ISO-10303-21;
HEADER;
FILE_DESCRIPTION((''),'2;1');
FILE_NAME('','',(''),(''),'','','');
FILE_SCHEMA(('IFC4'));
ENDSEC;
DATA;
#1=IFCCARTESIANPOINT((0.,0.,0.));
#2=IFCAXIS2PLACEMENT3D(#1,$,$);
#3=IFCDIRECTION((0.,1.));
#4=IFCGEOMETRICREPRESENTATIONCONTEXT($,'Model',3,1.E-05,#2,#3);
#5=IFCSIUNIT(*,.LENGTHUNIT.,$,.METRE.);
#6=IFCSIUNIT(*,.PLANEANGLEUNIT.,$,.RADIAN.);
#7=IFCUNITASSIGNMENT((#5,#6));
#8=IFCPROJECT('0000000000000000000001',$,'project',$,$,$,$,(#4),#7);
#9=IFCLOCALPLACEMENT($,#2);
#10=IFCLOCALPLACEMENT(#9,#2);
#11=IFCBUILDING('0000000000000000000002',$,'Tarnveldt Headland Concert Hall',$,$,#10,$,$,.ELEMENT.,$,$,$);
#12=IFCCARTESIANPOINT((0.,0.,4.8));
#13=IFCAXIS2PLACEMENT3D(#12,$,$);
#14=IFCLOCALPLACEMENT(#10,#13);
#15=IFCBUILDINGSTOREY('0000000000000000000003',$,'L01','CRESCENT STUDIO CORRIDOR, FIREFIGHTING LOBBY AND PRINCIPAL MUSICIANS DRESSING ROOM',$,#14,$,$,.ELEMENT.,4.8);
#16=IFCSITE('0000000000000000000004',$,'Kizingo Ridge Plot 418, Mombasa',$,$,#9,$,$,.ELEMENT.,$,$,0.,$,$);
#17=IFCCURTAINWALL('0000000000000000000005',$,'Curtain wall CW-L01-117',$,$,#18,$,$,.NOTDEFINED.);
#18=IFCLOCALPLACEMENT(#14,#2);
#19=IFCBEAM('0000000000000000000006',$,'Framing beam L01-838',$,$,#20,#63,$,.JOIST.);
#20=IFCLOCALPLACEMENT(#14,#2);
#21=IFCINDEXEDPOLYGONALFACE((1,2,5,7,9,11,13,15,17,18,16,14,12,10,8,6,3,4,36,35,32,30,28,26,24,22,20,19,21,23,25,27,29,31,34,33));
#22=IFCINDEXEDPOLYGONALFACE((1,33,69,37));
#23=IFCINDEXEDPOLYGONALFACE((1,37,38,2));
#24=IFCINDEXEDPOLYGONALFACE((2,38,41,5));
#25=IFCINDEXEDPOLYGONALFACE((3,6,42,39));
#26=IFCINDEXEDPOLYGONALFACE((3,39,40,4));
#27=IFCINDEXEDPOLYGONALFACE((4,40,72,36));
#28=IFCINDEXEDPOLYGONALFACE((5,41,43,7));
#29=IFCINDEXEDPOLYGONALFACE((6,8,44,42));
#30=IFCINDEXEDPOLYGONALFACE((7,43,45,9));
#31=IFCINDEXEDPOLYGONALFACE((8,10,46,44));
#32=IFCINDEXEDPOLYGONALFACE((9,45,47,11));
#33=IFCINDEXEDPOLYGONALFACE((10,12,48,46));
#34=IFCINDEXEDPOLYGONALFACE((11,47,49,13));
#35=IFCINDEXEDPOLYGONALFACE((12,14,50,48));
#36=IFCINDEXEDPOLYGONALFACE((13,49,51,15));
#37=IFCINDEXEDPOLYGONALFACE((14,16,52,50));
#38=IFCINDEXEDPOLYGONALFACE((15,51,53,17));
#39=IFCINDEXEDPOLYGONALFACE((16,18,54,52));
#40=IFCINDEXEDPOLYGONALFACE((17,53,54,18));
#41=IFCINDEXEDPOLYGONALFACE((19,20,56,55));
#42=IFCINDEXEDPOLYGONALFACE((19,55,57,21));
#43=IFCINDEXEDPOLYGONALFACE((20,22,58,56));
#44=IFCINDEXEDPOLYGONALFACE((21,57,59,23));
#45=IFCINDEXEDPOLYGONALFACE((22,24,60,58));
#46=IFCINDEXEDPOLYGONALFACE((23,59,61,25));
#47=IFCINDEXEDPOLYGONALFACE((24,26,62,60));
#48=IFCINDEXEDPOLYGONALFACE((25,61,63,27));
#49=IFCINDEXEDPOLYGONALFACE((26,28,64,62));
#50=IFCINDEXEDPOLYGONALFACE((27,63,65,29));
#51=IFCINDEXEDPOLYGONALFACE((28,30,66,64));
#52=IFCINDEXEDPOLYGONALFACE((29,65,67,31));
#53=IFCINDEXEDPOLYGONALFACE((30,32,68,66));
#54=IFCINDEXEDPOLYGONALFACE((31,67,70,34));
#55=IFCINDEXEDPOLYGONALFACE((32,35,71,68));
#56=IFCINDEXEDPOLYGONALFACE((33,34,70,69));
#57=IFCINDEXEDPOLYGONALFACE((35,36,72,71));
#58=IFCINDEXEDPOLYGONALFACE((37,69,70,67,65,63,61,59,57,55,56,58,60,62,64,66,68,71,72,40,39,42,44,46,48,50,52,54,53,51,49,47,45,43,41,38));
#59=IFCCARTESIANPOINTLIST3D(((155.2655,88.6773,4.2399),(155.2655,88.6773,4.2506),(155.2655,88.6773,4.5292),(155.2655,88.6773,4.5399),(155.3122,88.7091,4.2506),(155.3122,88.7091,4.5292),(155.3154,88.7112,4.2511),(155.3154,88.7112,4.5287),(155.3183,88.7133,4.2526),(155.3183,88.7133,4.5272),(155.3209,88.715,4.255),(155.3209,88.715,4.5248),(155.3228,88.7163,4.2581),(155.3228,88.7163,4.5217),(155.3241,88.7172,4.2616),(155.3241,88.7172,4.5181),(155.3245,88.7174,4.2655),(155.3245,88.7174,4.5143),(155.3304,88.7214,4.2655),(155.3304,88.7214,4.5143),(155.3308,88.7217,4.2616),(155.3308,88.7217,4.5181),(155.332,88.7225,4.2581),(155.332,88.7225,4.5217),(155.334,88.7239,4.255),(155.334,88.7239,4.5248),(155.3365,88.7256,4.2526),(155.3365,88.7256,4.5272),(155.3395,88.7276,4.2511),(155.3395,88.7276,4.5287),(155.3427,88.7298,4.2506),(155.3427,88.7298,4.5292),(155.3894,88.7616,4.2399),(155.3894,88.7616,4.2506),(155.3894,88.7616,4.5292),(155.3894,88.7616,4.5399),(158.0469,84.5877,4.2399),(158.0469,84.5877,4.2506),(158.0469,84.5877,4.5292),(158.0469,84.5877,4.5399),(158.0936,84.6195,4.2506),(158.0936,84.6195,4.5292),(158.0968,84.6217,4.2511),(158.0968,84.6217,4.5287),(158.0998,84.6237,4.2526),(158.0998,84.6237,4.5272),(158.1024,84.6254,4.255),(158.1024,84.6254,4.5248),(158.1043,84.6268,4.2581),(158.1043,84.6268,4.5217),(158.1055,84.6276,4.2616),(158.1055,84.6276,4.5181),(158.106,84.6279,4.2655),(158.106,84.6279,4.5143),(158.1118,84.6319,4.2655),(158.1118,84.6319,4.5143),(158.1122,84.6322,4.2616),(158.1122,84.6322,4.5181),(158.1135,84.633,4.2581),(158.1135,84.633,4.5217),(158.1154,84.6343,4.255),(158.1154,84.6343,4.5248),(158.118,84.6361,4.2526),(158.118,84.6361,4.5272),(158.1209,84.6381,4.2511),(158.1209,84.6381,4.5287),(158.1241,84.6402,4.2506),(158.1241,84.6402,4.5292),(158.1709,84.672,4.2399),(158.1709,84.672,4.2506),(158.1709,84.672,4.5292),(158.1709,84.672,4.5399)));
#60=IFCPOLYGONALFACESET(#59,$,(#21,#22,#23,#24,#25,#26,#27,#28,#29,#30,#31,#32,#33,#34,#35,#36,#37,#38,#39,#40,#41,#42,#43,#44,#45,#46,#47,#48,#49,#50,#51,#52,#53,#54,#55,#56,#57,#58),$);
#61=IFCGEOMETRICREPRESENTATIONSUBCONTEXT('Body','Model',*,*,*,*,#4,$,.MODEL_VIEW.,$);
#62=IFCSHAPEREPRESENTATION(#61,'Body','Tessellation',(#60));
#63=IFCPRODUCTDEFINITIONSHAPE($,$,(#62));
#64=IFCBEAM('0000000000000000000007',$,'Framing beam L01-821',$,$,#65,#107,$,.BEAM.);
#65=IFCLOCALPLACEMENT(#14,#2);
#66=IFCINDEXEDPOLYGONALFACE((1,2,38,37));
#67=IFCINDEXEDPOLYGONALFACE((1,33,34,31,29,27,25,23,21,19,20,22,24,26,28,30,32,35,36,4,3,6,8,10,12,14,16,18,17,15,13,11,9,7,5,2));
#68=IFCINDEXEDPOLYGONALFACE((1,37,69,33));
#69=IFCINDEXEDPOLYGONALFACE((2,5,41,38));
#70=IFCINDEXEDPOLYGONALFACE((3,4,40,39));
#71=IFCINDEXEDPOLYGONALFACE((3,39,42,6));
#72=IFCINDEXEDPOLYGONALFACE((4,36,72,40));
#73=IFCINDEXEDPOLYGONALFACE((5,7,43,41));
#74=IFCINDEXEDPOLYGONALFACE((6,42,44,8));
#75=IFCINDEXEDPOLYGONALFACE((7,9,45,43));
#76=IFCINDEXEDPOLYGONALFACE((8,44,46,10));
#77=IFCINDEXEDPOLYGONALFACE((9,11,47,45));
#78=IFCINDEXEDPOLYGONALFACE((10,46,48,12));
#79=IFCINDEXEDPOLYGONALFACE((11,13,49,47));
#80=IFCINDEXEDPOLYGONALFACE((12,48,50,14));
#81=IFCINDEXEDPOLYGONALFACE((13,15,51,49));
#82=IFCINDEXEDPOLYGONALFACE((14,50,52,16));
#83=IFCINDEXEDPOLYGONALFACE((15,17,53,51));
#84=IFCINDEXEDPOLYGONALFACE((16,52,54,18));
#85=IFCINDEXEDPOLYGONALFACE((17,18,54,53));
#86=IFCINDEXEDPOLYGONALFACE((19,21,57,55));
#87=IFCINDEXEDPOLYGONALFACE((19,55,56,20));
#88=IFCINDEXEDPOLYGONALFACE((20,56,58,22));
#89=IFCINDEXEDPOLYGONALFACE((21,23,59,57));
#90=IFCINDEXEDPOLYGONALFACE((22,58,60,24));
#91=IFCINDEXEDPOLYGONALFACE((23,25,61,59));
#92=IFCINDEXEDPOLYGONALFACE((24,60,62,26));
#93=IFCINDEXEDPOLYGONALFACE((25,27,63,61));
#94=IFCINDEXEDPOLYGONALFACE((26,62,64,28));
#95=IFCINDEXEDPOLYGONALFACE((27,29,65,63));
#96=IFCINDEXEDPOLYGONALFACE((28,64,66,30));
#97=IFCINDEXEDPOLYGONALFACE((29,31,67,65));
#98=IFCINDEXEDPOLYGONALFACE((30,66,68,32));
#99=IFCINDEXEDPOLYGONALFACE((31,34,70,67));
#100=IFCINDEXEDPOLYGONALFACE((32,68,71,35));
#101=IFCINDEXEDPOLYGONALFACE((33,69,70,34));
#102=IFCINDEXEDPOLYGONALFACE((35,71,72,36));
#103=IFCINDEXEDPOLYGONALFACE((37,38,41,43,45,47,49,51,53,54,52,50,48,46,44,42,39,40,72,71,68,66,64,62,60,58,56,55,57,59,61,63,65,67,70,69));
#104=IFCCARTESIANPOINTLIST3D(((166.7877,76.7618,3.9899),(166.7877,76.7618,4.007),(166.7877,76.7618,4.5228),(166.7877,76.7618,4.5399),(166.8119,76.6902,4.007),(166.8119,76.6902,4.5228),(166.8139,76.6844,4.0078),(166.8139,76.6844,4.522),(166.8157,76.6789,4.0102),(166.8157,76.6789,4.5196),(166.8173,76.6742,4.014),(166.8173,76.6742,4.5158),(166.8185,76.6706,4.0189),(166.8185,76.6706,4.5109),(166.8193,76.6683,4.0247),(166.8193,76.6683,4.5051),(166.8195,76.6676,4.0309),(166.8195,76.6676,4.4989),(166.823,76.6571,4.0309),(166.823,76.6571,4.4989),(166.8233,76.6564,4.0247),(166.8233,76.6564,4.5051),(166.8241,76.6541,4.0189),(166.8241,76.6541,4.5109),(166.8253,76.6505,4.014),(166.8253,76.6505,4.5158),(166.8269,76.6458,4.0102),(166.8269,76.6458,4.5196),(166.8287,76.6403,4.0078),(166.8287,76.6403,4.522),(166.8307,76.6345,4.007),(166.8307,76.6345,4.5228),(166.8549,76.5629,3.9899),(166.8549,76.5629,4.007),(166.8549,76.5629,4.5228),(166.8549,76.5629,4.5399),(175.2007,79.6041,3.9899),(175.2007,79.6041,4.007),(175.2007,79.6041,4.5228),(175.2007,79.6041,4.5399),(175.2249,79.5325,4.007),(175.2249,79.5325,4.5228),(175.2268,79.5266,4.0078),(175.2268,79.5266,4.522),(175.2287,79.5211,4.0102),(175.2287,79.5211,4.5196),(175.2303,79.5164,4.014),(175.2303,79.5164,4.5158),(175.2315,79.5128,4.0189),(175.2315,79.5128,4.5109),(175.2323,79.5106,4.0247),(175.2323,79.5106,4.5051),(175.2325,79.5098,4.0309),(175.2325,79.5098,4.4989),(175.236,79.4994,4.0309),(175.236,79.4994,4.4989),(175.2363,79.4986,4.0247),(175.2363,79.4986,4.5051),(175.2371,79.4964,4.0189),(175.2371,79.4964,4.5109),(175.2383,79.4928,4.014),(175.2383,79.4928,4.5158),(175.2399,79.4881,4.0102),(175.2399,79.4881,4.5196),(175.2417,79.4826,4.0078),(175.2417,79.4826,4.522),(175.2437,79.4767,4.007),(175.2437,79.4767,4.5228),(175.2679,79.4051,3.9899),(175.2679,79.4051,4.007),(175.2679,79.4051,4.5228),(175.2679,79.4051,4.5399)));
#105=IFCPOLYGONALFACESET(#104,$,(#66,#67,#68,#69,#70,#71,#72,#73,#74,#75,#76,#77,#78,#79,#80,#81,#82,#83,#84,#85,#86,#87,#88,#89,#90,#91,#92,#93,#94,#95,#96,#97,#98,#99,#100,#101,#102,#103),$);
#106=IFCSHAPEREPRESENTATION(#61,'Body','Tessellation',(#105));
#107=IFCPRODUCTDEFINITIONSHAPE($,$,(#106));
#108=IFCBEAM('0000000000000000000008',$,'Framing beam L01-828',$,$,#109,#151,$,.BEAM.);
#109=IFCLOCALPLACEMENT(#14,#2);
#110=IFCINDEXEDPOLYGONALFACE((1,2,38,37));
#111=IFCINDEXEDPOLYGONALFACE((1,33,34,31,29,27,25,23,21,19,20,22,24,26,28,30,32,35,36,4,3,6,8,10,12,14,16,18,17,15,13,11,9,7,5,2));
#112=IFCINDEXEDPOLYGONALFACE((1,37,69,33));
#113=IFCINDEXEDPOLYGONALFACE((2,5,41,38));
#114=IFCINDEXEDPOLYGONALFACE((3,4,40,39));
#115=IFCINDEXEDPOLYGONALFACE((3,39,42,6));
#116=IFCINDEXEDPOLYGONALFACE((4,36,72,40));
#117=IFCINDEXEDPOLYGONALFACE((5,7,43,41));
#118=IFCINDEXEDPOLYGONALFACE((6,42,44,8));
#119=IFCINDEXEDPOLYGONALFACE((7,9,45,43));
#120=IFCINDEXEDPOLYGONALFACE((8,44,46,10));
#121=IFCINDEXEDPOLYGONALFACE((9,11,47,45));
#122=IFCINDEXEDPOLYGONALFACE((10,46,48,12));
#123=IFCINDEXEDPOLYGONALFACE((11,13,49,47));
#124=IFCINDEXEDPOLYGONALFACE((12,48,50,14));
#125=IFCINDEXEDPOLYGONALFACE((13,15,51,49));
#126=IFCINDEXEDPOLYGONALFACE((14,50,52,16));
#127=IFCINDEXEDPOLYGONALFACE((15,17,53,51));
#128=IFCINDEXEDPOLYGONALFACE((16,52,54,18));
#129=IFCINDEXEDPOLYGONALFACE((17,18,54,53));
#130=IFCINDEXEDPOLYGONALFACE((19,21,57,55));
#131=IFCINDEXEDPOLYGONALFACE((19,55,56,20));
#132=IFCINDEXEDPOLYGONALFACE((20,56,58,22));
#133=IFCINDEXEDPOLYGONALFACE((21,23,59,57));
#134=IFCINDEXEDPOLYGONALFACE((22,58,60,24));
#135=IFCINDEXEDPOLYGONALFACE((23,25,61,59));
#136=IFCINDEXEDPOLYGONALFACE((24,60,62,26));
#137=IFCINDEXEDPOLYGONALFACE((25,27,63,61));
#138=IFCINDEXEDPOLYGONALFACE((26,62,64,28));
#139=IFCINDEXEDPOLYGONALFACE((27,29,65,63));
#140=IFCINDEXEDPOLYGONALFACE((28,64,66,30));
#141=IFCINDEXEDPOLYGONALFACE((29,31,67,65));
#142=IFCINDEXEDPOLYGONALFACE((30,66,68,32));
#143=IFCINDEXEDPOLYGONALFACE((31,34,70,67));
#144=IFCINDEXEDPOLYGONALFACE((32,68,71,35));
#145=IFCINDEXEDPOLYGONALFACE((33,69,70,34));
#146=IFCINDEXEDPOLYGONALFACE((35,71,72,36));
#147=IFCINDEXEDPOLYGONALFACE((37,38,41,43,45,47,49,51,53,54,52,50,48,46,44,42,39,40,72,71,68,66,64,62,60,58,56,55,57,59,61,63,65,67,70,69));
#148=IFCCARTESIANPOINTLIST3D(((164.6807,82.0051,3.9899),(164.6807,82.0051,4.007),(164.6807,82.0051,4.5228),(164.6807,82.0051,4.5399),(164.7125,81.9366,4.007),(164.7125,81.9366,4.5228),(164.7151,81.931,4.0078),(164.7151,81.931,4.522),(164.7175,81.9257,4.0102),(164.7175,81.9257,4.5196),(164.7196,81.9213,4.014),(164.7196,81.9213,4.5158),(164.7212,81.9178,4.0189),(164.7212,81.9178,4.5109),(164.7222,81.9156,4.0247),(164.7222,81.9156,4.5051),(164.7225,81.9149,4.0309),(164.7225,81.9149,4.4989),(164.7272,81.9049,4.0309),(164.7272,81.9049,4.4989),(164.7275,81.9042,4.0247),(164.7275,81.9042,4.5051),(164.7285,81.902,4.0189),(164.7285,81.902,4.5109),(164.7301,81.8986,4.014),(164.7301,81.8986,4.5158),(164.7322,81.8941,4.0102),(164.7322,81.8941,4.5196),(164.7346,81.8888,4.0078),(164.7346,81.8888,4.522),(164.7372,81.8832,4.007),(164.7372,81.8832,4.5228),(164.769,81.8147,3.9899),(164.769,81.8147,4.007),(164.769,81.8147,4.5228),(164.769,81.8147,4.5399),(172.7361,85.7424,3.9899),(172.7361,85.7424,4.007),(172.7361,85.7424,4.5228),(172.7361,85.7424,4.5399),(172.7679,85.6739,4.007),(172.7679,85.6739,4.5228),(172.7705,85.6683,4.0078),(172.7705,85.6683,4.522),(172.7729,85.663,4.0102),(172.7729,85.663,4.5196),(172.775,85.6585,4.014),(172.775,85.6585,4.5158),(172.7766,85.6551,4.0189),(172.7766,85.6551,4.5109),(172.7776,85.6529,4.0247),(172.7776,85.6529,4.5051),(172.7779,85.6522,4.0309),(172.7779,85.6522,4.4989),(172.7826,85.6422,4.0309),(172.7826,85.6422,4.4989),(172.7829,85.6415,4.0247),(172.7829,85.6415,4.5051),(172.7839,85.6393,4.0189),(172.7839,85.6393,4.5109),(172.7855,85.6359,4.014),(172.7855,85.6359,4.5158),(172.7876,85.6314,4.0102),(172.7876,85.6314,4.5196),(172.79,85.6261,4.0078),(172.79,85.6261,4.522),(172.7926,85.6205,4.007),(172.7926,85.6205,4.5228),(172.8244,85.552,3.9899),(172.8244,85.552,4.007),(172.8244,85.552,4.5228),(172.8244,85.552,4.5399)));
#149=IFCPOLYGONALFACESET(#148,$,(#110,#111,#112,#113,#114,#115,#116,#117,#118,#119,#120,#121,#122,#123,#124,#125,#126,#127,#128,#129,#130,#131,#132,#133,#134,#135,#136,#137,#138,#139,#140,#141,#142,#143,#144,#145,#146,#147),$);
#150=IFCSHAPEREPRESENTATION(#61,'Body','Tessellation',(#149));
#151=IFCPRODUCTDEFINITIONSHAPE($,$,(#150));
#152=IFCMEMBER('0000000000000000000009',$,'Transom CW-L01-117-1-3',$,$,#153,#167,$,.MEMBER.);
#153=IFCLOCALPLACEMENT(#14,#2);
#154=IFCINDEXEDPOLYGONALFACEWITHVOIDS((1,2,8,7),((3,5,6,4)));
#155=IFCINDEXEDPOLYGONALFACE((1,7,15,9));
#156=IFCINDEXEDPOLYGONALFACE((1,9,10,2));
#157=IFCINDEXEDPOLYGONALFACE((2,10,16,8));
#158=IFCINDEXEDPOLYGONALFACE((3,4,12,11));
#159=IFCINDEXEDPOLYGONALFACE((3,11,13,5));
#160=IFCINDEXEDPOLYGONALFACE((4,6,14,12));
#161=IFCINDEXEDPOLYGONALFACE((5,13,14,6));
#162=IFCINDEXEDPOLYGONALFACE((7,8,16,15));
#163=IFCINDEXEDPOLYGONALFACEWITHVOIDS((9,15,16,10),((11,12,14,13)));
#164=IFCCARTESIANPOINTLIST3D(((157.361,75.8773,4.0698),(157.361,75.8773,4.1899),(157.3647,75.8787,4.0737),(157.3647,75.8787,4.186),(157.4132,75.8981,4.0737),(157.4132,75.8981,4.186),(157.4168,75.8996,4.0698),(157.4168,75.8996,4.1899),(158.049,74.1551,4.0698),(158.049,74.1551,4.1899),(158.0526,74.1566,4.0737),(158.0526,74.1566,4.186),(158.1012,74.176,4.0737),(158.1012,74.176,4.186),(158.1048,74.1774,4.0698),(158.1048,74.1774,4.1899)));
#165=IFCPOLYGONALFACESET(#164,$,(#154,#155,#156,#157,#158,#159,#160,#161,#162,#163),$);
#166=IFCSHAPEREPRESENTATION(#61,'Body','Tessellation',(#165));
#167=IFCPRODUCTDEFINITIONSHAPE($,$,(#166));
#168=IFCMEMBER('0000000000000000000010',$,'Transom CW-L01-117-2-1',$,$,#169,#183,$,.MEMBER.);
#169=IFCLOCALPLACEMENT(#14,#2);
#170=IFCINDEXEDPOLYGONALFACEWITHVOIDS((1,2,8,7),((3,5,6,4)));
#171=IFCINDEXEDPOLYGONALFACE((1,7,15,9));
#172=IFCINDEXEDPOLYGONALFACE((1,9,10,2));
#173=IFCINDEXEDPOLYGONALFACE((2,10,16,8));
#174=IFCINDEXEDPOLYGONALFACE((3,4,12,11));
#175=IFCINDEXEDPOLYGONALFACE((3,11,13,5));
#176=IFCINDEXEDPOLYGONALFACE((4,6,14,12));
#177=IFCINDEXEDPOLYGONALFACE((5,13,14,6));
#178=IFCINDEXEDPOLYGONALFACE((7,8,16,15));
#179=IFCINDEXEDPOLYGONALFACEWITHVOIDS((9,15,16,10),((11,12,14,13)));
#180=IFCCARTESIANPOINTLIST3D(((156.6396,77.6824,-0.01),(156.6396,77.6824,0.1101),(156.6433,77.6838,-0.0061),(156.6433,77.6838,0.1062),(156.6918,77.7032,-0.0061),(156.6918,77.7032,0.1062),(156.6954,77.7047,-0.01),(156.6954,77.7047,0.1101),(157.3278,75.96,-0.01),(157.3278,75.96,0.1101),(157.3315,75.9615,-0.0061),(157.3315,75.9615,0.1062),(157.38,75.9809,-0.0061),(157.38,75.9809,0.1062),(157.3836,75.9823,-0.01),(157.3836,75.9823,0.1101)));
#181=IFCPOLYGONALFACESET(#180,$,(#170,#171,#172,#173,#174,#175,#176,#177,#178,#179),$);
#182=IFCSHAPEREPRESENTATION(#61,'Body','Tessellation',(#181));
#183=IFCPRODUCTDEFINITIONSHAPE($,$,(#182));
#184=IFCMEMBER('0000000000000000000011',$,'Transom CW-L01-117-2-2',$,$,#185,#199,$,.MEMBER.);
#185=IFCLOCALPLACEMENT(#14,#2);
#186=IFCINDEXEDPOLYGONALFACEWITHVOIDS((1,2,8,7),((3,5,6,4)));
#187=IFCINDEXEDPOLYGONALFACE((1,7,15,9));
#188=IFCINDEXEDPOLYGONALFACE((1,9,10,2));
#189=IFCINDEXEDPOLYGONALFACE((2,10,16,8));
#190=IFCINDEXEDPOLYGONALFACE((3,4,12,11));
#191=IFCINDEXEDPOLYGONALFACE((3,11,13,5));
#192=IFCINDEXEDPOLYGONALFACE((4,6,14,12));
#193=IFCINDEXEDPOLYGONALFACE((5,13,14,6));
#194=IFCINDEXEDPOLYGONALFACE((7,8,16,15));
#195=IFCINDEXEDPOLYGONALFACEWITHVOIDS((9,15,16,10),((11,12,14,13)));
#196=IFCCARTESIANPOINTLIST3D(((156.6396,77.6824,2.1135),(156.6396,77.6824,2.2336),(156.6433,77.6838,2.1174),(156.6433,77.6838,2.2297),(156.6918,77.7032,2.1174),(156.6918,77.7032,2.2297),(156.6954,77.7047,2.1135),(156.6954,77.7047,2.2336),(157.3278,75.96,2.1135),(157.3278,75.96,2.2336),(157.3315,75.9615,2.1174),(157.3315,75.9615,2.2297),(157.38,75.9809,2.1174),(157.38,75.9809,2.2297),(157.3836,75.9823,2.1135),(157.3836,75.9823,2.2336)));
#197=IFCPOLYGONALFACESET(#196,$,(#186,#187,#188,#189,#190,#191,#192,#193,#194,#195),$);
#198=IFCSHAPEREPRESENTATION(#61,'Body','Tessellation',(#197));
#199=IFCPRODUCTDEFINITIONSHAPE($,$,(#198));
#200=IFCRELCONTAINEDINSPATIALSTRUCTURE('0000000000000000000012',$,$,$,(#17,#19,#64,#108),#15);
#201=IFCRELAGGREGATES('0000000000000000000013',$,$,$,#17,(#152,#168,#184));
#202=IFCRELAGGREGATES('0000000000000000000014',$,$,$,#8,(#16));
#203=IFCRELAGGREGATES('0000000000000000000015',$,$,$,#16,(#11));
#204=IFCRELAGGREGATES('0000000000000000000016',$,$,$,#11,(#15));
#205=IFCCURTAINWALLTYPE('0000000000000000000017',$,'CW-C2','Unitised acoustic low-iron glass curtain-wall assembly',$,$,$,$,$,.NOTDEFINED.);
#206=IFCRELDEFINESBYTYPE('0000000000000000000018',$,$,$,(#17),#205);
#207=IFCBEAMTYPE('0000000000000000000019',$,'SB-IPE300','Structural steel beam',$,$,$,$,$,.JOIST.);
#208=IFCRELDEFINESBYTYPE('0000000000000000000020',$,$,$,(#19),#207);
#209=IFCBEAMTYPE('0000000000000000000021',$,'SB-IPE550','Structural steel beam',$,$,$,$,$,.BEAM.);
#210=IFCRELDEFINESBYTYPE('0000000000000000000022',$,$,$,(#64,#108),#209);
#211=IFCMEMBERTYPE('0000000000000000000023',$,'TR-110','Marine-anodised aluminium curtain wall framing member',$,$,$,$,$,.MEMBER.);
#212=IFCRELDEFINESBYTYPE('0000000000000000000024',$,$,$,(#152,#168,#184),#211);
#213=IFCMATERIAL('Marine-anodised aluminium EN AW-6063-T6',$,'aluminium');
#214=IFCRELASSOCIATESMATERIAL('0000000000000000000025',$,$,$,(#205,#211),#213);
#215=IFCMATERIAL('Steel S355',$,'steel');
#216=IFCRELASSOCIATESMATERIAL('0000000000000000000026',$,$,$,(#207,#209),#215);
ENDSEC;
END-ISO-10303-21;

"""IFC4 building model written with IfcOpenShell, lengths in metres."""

from ifc_helpers import new_model, si_unit, direction, frame, origin, origin_2d, place, context, subcontext, project, spatial, hollow_rectangle, i_section, extrude, material, material_profile, profile_set, type_object, element, aggregate, save


model = new_model("IFC4")

# Units and contexts
model_context = context("Model", 3, precision=1e-05, world=origin(), true_north=direction((0.0, 1.0)))
body_context = subcontext(model_context, "Body", "Model", "MODEL_VIEW")
ifc_project = project(units=[si_unit("LENGTHUNIT", "METRE"), si_unit("PLANEANGLEUNIT", "RADIAN")], contexts=[model_context])

# Site, building, storey
site_placement = place(None, origin())
site = spatial("IfcSite", under=ifc_project, at=site_placement, Name="Kizingo Ridge Plot 418, Mombasa", CompositionType="ELEMENT", RefElevation=0.0)
building_placement = place(site_placement, origin())
building = spatial("IfcBuilding", under=site, at=building_placement, Name="Tarnveldt Headland Concert Hall", CompositionType="ELEMENT")
storey_placement = place(building_placement, frame((0.0, 0.0, 4.8)))
storey = spatial("IfcBuildingStorey", under=building, at=storey_placement, Name="L01", Description="CRESCENT STUDIO CORRIDOR, FIREFIGHTING LOBBY AND PRINCIPAL MUSICIANS DRESSING ROOM", CompositionType="ELEMENT", Elevation=4.8)

# Curtain wall
ifc_material_1 = material(Name="Marine-anodised aluminium EN AW-6063-T6", Category="aluminium")
curtain_wall_type = type_object("IfcCurtainWallType", Name="CW-C2", Description="Unitised acoustic low-iron glass curtain-wall assembly", PredefinedType="NOTDEFINED", material=ifc_material_1)
curtain_wall_placement = place(storey_placement, origin())
curtain_wall = element("IfcCurtainWall", 1, at=curtain_wall_placement, inside=storey, type_object=curtain_wall_type, Name="Curtain wall CW-L01-117", PredefinedType="NOTDEFINED")

# Beams
ifc_material_2 = material(Name="Steel S355", Category="steel")
ifc_material_profile_1 = material_profile(ifc_material_2, i_section(OverallWidth=0.1499, OverallDepth=0.3, WebThickness=0.0071, FlangeThickness=0.0107, FilletRadius=0.0149, at=origin_2d()), Name="IPE300", Category="steel")
ifc_profile_set_1 = profile_set([ifc_material_profile_1], Name="Steel S355")
beam_type_1 = type_object("IfcBeamType", Name="SB-IPE300", Description="Structural steel beam", PredefinedType="JOIST", material=ifc_profile_set_1)
beam_1_placement = place(storey_placement, frame((158.1089, 84.6299, 4.3899), z_axis=(-0.562388, 0.826873, 0.0), x_axis=(-0.826873, -0.562388, 0.0)))
element("IfcBeam", 2, at=beam_1_placement, inside=storey, type_object=beam_type_1, Name="Framing beam L01-838", PredefinedType="JOIST", context=body_context, shape_type="SweptSolid", body=[
    extrude(i_section(OverallWidth=0.1499, OverallDepth=0.3, WebThickness=0.0071, FlangeThickness=0.0107, FilletRadius=0.0149, at=origin_2d()), origin(), (0.0, 0.0, 1.0), 4.9458),
])
ifc_material_profile_2 = material_profile(ifc_material_2, i_section(OverallWidth=0.21, OverallDepth=0.55, WebThickness=0.011, FlangeThickness=0.0171, FilletRadius=0.0239, at=origin_2d()), Name="IPE550", Category="steel")
ifc_profile_set_2 = profile_set([ifc_material_profile_2], Name="Steel S355")
beam_type_2 = type_object("IfcBeamType", Name="SB-IPE550", Description="Structural steel beam", PredefinedType="BEAM", material=ifc_profile_set_2)
for number, where, z_axis, x_axis, name in (
    (3, (166.8213, 76.6624, 4.2649), (0.947394, 0.320069, 0.0), (-0.320069, 0.947394, 0.0), "Framing beam L01-821"),
    (4, (164.7249, 81.9099, 4.2649), (0.907126, 0.42086, 0.0), (-0.42086, 0.907126, 0.0), "Framing beam L01-828"),
):
    element("IfcBeam", number, at=place(storey_placement, frame(where, z_axis=z_axis, x_axis=x_axis)), inside=storey, type_object=beam_type_2, Name=name, PredefinedType="BEAM", context=body_context, shape_type="SweptSolid", body=[
        extrude(i_section(OverallWidth=0.21, OverallDepth=0.55, WebThickness=0.011, FlangeThickness=0.0171, FilletRadius=0.0239, at=origin_2d()), origin(), (0.0, 0.0, 1.0), 8.8801),
    ])

# Members
ifc_material_profile_3 = material_profile(ifc_material_1, hollow_rectangle(XDim=0.0601, YDim=0.1201, WallThickness=0.0039, at=origin_2d()), Name="ALU TRANSOM 60x120x4", Category="aluminium")
ifc_profile_set_3 = profile_set([ifc_material_profile_3], Name="Marine-anodised aluminium EN AW-6063-T6")
member_type_1 = type_object("IfcMemberType", Name="TR-110", Description="Marine-anodised aluminium curtain wall framing member", PredefinedType="MEMBER", material=ifc_profile_set_3)
member_1_placement = place(storey_placement, frame((158.0769, 74.1663, 4.1299), z_axis=(-0.370982, 0.92864, 0.0), x_axis=(-0.92864, -0.370982, 0.0)))
member_1 = element("IfcMember", 5, at=member_1_placement, type_object=member_type_1, Name="Transom CW-L01-117-1-3", PredefinedType="MEMBER", context=body_context, shape_type="SweptSolid", body=[
    extrude(hollow_rectangle(XDim=0.0601, YDim=0.1201, WallThickness=0.0039, at=origin_2d()), origin(), (0.0, 0.0, 1.0), 1.8545),
])
member_2_placement = place(storey_placement, frame((157.3557, 75.9712, 0.05), z_axis=(-0.37105, 0.928613, 0.0), x_axis=(-0.928613, -0.37105, 0.0)))
member_2 = element("IfcMember", 6, at=member_2_placement, type_object=member_type_1, Name="Transom CW-L01-117-2-1", PredefinedType="MEMBER", context=body_context, shape_type="SweptSolid", body=[
    extrude(hollow_rectangle(XDim=0.0601, YDim=0.1201, WallThickness=0.0039, at=origin_2d()), origin(), (0.0, 0.0, 1.0), 1.8547),
])
member_3_placement = place(storey_placement, frame((157.3557, 75.9712, 2.1736), z_axis=(-0.37105, 0.928613, 0.0), x_axis=(-0.928613, -0.37105, 0.0)))
member_3 = element("IfcMember", 7, at=member_3_placement, type_object=member_type_1, Name="Transom CW-L01-117-2-2", PredefinedType="MEMBER", context=body_context, shape_type="SweptSolid", body=[
    extrude(hollow_rectangle(XDim=0.0601, YDim=0.1201, WallThickness=0.0039, at=origin_2d()), origin(), (0.0, 0.0, 1.0), 1.8547),
])

aggregate(curtain_wall, [member_1, member_2, member_3])

save(model, "model.ifc")
